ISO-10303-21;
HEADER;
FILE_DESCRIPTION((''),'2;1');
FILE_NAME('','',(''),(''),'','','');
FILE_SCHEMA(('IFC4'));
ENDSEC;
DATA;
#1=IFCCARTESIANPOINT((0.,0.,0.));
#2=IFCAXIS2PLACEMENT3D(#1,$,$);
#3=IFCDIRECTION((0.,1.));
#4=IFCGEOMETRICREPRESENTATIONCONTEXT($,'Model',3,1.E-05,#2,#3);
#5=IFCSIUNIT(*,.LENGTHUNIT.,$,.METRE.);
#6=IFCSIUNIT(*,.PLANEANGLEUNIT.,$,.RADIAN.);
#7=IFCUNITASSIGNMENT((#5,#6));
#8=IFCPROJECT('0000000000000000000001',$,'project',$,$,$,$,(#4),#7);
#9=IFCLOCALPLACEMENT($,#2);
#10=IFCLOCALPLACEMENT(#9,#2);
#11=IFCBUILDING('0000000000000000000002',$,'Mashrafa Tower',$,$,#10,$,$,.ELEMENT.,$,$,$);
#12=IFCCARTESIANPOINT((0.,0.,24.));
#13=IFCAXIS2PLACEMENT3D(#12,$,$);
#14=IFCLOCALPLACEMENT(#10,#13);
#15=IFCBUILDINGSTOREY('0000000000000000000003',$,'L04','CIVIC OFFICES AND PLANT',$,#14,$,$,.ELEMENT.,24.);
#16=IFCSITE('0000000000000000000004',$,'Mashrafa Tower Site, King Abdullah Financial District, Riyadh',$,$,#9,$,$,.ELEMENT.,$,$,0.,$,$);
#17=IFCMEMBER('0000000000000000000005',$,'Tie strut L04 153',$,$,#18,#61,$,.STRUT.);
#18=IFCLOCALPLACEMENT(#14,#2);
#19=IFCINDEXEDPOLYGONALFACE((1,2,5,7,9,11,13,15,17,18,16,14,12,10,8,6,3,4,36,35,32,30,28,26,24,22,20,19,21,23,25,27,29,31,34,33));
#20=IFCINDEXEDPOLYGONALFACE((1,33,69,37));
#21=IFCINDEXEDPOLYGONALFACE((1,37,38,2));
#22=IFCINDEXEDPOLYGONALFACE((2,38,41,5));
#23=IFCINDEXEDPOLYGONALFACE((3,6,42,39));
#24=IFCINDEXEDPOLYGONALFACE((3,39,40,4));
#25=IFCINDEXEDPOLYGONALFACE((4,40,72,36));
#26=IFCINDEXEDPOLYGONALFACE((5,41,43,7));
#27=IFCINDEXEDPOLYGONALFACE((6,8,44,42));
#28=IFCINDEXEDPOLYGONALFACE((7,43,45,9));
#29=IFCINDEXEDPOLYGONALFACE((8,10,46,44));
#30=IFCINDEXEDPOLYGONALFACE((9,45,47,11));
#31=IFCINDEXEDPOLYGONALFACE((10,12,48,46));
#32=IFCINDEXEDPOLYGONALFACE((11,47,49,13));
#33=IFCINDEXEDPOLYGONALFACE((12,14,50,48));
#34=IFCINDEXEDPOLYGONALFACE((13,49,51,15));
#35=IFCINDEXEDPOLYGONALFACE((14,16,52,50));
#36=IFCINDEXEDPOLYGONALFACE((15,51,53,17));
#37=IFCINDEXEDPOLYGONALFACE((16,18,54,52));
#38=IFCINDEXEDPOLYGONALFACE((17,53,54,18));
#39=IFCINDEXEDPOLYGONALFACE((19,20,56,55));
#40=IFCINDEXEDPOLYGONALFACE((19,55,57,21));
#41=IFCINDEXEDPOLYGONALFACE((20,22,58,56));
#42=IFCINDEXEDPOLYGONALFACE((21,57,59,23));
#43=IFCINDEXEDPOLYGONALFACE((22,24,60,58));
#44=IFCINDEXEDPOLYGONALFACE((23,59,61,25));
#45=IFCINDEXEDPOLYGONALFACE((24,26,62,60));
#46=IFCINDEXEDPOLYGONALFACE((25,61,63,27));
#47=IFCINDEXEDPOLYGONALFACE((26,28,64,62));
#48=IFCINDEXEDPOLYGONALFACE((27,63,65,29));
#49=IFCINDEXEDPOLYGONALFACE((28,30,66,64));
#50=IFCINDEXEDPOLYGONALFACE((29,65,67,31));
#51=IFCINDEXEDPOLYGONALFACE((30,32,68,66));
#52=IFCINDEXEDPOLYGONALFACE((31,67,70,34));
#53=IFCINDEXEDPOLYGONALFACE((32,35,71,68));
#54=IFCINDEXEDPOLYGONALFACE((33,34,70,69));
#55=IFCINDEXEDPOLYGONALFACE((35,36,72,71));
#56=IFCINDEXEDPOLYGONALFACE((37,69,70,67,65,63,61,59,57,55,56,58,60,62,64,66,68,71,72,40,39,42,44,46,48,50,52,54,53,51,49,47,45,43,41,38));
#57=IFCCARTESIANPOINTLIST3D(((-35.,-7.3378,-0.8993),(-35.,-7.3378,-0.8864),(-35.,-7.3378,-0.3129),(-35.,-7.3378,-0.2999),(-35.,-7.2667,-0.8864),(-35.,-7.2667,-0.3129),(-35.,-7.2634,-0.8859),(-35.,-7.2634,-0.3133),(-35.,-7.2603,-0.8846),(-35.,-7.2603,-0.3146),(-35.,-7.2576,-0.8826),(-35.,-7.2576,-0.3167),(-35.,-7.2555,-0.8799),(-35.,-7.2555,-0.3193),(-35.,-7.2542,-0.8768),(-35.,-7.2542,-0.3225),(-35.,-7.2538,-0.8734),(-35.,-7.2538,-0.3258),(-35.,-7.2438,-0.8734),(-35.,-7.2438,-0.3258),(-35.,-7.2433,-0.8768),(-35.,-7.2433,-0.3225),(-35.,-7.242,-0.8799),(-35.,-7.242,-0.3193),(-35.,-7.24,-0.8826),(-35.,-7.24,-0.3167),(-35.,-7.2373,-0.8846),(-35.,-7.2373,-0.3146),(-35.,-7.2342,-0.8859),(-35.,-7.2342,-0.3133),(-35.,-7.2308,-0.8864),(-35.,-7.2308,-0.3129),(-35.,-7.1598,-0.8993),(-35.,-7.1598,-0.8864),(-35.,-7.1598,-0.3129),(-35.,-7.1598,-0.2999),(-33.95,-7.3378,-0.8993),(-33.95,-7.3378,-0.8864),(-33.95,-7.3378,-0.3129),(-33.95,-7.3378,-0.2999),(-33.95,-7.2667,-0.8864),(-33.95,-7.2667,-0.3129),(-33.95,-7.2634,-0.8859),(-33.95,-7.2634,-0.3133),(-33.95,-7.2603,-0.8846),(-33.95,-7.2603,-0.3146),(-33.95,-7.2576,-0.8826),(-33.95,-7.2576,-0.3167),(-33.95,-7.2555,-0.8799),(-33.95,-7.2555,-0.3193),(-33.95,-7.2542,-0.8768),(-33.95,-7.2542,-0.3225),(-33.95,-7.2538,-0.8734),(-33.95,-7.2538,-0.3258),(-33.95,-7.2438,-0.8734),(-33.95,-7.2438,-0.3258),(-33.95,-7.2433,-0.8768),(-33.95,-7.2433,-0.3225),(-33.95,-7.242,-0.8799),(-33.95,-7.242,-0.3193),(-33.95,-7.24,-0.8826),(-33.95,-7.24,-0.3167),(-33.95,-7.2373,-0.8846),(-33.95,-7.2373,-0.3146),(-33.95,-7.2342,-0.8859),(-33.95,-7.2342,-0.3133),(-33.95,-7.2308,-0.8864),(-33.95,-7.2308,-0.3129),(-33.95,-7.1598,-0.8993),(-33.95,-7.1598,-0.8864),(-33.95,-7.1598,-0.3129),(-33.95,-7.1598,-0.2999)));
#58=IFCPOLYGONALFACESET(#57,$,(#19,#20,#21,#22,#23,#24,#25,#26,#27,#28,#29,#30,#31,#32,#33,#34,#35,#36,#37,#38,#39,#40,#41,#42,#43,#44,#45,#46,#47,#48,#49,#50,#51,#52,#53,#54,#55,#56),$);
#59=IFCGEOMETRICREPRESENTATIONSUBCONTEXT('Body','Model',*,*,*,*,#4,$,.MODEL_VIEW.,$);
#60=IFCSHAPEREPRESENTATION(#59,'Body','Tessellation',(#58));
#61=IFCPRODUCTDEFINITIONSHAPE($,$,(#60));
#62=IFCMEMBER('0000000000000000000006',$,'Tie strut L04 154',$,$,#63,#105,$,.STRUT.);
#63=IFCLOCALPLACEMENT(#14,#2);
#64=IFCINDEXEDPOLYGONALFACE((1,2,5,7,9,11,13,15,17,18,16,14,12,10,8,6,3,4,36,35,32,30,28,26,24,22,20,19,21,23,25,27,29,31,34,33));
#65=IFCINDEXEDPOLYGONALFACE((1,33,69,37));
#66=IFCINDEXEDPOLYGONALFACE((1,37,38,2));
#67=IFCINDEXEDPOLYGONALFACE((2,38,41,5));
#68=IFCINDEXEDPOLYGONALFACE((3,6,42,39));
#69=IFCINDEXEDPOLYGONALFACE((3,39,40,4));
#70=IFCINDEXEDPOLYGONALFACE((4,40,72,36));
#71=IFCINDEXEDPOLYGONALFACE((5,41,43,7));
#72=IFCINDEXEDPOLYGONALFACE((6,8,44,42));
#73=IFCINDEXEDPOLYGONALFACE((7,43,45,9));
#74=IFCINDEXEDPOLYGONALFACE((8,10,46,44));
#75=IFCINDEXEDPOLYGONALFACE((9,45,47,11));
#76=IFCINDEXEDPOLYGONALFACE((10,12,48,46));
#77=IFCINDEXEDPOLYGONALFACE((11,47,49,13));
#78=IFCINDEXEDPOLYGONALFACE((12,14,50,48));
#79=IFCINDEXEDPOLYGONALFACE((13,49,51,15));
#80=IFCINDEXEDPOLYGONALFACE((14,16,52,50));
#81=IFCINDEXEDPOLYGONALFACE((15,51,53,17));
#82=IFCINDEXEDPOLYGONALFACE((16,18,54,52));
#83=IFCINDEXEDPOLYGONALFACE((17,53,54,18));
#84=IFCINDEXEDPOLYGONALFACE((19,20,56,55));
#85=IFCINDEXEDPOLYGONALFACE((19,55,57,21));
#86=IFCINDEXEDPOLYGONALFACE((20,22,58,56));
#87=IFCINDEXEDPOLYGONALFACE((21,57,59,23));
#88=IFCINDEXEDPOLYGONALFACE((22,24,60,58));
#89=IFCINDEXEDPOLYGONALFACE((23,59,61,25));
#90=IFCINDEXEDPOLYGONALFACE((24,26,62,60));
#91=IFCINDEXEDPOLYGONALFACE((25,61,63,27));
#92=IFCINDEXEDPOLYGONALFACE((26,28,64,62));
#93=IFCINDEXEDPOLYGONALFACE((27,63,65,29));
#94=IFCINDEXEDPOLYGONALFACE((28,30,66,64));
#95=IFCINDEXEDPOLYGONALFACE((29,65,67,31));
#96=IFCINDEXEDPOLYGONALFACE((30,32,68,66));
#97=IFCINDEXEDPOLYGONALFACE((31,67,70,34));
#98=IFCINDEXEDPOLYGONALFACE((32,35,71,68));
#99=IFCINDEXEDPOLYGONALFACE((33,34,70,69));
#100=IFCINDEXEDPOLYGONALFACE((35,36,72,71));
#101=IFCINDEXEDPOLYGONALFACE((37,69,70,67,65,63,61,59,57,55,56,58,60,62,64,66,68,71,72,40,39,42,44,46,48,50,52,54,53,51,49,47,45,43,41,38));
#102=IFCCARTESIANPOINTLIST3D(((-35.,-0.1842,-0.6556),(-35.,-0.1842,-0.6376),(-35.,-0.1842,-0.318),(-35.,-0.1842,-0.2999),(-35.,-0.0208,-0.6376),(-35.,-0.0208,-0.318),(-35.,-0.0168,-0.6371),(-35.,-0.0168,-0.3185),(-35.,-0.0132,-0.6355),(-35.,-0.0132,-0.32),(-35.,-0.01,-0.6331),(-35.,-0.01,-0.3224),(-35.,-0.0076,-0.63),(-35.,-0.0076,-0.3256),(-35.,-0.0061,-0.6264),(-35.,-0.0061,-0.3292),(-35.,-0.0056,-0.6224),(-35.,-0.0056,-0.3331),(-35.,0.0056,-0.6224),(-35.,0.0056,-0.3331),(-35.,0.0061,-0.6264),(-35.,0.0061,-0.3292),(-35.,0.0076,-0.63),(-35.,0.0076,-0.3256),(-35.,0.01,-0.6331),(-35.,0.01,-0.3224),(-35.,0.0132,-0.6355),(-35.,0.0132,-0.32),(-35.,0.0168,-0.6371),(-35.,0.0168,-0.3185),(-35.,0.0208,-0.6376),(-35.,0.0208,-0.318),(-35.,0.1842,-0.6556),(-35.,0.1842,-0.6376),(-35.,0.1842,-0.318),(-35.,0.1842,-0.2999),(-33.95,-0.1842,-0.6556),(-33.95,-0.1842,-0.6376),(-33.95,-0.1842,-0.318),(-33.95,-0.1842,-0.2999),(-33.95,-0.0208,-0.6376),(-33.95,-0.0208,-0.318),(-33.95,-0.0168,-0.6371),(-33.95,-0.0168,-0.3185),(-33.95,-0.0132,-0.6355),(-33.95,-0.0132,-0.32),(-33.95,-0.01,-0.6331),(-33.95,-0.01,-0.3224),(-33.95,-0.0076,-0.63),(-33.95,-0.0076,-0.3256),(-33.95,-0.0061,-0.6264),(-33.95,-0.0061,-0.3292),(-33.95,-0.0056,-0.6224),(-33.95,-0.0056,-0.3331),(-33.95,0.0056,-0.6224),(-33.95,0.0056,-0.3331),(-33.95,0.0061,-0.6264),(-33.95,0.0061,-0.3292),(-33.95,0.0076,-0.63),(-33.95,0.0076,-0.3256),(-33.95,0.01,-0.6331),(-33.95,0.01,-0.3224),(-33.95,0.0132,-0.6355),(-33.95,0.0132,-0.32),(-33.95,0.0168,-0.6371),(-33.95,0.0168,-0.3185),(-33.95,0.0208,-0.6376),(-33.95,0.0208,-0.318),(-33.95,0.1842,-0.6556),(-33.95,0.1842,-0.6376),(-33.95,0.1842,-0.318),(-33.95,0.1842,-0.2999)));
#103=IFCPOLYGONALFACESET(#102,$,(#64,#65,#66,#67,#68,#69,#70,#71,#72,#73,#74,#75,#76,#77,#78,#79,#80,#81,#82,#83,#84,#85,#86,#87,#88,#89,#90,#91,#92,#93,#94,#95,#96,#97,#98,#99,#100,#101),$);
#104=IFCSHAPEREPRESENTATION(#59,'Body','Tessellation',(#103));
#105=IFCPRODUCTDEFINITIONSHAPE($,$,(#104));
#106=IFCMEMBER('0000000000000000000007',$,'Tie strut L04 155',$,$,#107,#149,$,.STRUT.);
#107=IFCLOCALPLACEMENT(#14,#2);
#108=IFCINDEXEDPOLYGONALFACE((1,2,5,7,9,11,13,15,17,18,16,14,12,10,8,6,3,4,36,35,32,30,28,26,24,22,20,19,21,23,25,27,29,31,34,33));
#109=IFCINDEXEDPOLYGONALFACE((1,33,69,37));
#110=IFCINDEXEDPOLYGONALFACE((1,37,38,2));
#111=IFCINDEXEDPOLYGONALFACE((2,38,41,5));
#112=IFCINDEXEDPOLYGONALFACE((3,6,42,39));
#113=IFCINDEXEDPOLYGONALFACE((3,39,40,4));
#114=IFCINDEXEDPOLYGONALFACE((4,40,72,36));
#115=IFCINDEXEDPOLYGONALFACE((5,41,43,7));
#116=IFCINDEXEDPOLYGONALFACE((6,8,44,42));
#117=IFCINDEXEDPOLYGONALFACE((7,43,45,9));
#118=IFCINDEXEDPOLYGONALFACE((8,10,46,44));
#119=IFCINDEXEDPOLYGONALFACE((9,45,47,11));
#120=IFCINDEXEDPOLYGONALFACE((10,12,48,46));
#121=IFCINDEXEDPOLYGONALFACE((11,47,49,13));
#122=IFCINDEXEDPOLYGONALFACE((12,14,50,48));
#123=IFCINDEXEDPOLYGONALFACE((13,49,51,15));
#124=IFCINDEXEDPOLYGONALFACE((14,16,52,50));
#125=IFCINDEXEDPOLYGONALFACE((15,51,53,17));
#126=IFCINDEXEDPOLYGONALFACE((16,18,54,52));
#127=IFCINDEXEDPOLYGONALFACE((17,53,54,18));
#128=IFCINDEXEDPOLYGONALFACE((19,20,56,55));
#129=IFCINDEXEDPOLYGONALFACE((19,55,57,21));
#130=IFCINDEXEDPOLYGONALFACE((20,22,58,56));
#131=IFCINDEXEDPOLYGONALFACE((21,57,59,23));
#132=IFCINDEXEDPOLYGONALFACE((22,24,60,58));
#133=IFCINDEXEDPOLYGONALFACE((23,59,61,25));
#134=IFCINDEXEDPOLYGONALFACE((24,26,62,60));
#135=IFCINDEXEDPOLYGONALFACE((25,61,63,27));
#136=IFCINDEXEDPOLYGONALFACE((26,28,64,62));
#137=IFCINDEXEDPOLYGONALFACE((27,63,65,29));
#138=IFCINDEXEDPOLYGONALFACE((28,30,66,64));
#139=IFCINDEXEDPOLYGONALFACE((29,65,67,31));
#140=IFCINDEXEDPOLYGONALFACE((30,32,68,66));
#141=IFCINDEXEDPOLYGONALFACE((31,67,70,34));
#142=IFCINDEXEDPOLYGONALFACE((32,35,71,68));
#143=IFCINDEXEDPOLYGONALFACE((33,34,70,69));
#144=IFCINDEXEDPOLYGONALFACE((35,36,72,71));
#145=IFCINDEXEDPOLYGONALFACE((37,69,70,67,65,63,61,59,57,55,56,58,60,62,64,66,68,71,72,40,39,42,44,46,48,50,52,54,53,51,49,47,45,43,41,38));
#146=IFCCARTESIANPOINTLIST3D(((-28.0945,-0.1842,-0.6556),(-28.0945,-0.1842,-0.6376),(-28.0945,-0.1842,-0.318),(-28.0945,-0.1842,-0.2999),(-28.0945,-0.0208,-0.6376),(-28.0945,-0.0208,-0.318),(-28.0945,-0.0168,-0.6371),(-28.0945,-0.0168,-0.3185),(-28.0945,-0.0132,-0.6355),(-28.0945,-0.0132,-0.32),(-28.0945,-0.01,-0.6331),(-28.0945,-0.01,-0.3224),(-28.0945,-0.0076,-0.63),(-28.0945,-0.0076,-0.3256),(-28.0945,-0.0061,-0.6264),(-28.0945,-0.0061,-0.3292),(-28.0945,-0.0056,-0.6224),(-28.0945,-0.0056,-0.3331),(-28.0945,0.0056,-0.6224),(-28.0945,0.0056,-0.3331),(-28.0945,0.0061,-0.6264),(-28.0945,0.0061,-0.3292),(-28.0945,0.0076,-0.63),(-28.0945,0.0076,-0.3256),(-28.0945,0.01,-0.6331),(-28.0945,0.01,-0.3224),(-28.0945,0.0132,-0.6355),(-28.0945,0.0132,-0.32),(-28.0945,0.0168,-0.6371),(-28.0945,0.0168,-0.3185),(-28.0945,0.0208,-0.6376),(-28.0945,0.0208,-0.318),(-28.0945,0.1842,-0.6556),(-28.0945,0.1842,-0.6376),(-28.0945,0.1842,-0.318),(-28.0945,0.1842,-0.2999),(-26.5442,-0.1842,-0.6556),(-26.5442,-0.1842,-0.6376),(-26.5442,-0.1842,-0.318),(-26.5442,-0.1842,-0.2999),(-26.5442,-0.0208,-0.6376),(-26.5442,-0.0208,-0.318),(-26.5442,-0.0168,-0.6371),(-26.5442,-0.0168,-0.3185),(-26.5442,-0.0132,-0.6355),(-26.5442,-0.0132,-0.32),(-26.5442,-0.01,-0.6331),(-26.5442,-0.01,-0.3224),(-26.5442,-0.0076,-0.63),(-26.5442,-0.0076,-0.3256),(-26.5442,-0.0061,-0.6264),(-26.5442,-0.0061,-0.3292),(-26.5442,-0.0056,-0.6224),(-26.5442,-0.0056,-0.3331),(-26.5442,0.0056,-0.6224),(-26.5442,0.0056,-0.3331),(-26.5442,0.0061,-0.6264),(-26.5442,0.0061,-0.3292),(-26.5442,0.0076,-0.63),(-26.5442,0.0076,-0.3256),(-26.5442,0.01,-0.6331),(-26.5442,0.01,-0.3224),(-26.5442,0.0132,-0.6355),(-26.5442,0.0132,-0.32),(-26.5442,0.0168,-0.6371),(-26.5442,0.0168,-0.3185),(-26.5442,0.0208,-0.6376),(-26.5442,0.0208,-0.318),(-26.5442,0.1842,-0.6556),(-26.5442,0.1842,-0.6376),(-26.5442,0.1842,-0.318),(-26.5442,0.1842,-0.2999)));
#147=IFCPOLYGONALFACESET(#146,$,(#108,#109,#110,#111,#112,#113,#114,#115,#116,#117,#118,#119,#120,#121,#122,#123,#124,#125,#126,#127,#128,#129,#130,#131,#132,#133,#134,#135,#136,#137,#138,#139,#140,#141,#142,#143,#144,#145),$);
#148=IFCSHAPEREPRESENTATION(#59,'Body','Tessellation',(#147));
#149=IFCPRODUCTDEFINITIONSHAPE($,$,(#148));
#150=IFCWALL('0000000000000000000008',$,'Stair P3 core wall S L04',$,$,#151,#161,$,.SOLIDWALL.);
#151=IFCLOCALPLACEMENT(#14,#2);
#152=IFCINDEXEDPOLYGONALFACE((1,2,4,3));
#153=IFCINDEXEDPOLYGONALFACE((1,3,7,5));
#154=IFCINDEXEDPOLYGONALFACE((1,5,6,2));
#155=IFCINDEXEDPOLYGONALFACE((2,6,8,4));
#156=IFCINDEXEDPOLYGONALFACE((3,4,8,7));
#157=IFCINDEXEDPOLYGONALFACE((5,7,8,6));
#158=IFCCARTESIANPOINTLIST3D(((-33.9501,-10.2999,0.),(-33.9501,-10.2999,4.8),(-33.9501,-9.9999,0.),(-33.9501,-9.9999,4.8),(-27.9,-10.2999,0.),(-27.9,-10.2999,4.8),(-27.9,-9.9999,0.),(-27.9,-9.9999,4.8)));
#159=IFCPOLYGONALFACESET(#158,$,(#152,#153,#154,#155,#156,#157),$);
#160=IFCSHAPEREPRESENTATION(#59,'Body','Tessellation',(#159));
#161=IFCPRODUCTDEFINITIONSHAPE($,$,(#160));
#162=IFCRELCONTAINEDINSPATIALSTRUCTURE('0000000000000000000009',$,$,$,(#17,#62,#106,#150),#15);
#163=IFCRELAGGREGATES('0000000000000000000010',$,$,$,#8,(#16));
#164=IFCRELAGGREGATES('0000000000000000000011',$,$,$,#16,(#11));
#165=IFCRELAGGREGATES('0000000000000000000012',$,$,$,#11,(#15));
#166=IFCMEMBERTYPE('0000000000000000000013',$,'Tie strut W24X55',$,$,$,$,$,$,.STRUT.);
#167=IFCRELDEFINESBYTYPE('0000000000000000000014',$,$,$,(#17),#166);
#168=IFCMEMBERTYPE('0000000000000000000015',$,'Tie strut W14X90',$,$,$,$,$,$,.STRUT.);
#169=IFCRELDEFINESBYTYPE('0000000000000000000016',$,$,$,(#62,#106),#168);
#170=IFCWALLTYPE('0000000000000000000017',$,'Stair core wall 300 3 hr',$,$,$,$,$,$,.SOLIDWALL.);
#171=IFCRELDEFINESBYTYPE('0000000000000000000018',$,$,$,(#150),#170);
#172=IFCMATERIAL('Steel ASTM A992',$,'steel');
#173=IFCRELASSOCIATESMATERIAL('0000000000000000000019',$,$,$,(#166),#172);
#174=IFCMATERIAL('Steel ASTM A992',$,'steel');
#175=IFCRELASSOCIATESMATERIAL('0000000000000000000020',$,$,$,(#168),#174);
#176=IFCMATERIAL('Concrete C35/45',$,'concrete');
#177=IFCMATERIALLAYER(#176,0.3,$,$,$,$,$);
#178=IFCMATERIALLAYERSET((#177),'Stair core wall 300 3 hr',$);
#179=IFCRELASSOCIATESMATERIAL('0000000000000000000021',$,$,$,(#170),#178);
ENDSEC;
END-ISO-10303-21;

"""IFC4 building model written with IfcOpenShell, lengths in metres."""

from ifc_helpers import new_model, si_unit, direction, frame, frame_2d, origin, origin_2d, place, context, subcontext, project, spatial, rectangle, i_section, extrude, source, transform, mapped, material, layer, layer_set, material_profile, profile_set, type_object, type_shapes, element, save


model = new_model("IFC4")

# Units and contexts
model_context = context("Model", 3, precision=1e-05, world=origin(), true_north=direction((0.0, 1.0)))
body_context = subcontext(model_context, "Body", "Model", "MODEL_VIEW")
ifc_project = project(units=[si_unit("LENGTHUNIT", "METRE"), si_unit("PLANEANGLEUNIT", "RADIAN")], contexts=[model_context])

# Site, building, storey
site_placement = place(None, origin())
site = spatial("IfcSite", under=ifc_project, at=site_placement, Name="Mashrafa Tower Site, King Abdullah Financial District, Riyadh", CompositionType="ELEMENT", RefElevation=0.0)
building_placement = place(site_placement, origin())
building = spatial("IfcBuilding", under=site, at=building_placement, Name="Mashrafa Tower", CompositionType="ELEMENT")
storey_placement = place(building_placement, frame((0.0, 0.0, 24.0)))
storey = spatial("IfcBuildingStorey", under=building, at=storey_placement, Name="L04", Description="CIVIC OFFICES AND PLANT", CompositionType="ELEMENT", Elevation=24.0)

# Members
ifc_material_1 = material(Name="Steel ASTM A992", Category="steel")
ifc_material_profile_1 = material_profile(ifc_material_1, i_section(OverallWidth=0.178, OverallDepth=0.5994, WebThickness=0.01, FlangeThickness=0.0129, FilletRadius=0.0129, at=origin_2d()), Name="W24X55")
ifc_profile_set_1 = profile_set([ifc_material_profile_1], Name="Steel ASTM A992")
member_type_1 = type_object("IfcMemberType", Name="Tie strut W24X55", PredefinedType="STRUT", material=ifc_profile_set_1)
shared_shape_1 = source(origin(), body_context, "Body", "SweptSolid", [
    extrude(i_section(OverallWidth=0.178, OverallDepth=0.5994, WebThickness=0.01, FlangeThickness=0.0129, FilletRadius=0.0129, at=origin_2d()), origin(), (0.0, 0.0, 1.0), 1.05),
])
type_shapes(member_type_1, [shared_shape_1])
member_1_placement = place(storey_placement, frame((-33.95, -7.2488, -0.5996), z_axis=(-1.0, 0.0, 0.0), x_axis=(0.0, -1.0, 0.0)))
element("IfcMember", 1, at=member_1_placement, inside=storey, type_object=member_type_1, Name="Tie strut L04 153", PredefinedType="STRUT", context=body_context, shape_type="MappedRepresentation", body=[
    mapped(shared_shape_1, transform((0.0, 0.0, 0.0))),
])
ifc_material_2 = material(Name="Steel ASTM A992", Category="steel")
ifc_material_profile_2 = material_profile(ifc_material_2, i_section(OverallWidth=0.3684, OverallDepth=0.3557, WebThickness=0.0112, FlangeThickness=0.0181, FilletRadius=0.0151, at=origin_2d()), Name="W14X90")
ifc_profile_set_2 = profile_set([ifc_material_profile_2], Name="Steel ASTM A992")
member_type_2 = type_object("IfcMemberType", Name="Tie strut W14X90", PredefinedType="STRUT", material=ifc_profile_set_2)
shared_shape_2 = source(origin(), body_context, "Body", "SweptSolid", [
    extrude(i_section(OverallWidth=0.3684, OverallDepth=0.3557, WebThickness=0.0112, FlangeThickness=0.0181, FilletRadius=0.0151, at=origin_2d()), origin(), (0.0, 0.0, 1.0), 1.05),
])
member_2_placement = place(storey_placement, frame((-33.95, 0.0, -0.4778), z_axis=(-1.0, 0.0, 0.0), x_axis=(0.0, -1.0, 0.0)))
element("IfcMember", 2, at=member_2_placement, inside=storey, type_object=member_type_2, Name="Tie strut L04 154", PredefinedType="STRUT", context=body_context, shape_type="MappedRepresentation", body=[
    mapped(shared_shape_2, transform((0.0, 0.0, 0.0))),
])
shared_shape_3 = source(origin(), body_context, "Body", "SweptSolid", [
    extrude(i_section(OverallWidth=0.3684, OverallDepth=0.3557, WebThickness=0.0112, FlangeThickness=0.0181, FilletRadius=0.0151, at=origin_2d()), origin(), (0.0, 0.0, 1.0), 1.5503),
])
type_shapes(member_type_2, [shared_shape_2, shared_shape_3])
member_3_placement = place(storey_placement, frame((-26.5442, 0.0, -0.4778), z_axis=(-1.0, 0.0, 0.0), x_axis=(0.0, -1.0, 0.0)))
element("IfcMember", 3, at=member_3_placement, inside=storey, type_object=member_type_2, Name="Tie strut L04 155", PredefinedType="STRUT", context=body_context, shape_type="MappedRepresentation", body=[
    mapped(shared_shape_3, transform((0.0, 0.0, 0.0))),
])

# Wall
ifc_material_3 = material(Name="Concrete C35/45", Category="concrete")
ifc_layer = layer(ifc_material_3, 0.3)
ifc_layer_set = layer_set([ifc_layer], Name="Stair core wall 300 3 hr")
wall_type = type_object("IfcWallType", Name="Stair core wall 300 3 hr", PredefinedType="SOLIDWALL", material=ifc_layer_set)
wall_1_placement = place(storey_placement, frame((-33.95, -10.1499, 0.0), z_axis=(0.0, 0.0, 1.0), x_axis=(1.0, 0.0, 0.0)))
element("IfcWall", 4, at=wall_1_placement, inside=storey, type_object=wall_type, Name="Stair P3 core wall S L04", PredefinedType="SOLIDWALL", context=body_context, shape_type="SweptSolid", body=[
    extrude(rectangle(XDim=6.05, YDim=0.3, at=frame_2d((3.0249, 0.0))), origin(), (0.0, 0.0, 1.0), 4.8),
])

save(model, "model.ifc")
